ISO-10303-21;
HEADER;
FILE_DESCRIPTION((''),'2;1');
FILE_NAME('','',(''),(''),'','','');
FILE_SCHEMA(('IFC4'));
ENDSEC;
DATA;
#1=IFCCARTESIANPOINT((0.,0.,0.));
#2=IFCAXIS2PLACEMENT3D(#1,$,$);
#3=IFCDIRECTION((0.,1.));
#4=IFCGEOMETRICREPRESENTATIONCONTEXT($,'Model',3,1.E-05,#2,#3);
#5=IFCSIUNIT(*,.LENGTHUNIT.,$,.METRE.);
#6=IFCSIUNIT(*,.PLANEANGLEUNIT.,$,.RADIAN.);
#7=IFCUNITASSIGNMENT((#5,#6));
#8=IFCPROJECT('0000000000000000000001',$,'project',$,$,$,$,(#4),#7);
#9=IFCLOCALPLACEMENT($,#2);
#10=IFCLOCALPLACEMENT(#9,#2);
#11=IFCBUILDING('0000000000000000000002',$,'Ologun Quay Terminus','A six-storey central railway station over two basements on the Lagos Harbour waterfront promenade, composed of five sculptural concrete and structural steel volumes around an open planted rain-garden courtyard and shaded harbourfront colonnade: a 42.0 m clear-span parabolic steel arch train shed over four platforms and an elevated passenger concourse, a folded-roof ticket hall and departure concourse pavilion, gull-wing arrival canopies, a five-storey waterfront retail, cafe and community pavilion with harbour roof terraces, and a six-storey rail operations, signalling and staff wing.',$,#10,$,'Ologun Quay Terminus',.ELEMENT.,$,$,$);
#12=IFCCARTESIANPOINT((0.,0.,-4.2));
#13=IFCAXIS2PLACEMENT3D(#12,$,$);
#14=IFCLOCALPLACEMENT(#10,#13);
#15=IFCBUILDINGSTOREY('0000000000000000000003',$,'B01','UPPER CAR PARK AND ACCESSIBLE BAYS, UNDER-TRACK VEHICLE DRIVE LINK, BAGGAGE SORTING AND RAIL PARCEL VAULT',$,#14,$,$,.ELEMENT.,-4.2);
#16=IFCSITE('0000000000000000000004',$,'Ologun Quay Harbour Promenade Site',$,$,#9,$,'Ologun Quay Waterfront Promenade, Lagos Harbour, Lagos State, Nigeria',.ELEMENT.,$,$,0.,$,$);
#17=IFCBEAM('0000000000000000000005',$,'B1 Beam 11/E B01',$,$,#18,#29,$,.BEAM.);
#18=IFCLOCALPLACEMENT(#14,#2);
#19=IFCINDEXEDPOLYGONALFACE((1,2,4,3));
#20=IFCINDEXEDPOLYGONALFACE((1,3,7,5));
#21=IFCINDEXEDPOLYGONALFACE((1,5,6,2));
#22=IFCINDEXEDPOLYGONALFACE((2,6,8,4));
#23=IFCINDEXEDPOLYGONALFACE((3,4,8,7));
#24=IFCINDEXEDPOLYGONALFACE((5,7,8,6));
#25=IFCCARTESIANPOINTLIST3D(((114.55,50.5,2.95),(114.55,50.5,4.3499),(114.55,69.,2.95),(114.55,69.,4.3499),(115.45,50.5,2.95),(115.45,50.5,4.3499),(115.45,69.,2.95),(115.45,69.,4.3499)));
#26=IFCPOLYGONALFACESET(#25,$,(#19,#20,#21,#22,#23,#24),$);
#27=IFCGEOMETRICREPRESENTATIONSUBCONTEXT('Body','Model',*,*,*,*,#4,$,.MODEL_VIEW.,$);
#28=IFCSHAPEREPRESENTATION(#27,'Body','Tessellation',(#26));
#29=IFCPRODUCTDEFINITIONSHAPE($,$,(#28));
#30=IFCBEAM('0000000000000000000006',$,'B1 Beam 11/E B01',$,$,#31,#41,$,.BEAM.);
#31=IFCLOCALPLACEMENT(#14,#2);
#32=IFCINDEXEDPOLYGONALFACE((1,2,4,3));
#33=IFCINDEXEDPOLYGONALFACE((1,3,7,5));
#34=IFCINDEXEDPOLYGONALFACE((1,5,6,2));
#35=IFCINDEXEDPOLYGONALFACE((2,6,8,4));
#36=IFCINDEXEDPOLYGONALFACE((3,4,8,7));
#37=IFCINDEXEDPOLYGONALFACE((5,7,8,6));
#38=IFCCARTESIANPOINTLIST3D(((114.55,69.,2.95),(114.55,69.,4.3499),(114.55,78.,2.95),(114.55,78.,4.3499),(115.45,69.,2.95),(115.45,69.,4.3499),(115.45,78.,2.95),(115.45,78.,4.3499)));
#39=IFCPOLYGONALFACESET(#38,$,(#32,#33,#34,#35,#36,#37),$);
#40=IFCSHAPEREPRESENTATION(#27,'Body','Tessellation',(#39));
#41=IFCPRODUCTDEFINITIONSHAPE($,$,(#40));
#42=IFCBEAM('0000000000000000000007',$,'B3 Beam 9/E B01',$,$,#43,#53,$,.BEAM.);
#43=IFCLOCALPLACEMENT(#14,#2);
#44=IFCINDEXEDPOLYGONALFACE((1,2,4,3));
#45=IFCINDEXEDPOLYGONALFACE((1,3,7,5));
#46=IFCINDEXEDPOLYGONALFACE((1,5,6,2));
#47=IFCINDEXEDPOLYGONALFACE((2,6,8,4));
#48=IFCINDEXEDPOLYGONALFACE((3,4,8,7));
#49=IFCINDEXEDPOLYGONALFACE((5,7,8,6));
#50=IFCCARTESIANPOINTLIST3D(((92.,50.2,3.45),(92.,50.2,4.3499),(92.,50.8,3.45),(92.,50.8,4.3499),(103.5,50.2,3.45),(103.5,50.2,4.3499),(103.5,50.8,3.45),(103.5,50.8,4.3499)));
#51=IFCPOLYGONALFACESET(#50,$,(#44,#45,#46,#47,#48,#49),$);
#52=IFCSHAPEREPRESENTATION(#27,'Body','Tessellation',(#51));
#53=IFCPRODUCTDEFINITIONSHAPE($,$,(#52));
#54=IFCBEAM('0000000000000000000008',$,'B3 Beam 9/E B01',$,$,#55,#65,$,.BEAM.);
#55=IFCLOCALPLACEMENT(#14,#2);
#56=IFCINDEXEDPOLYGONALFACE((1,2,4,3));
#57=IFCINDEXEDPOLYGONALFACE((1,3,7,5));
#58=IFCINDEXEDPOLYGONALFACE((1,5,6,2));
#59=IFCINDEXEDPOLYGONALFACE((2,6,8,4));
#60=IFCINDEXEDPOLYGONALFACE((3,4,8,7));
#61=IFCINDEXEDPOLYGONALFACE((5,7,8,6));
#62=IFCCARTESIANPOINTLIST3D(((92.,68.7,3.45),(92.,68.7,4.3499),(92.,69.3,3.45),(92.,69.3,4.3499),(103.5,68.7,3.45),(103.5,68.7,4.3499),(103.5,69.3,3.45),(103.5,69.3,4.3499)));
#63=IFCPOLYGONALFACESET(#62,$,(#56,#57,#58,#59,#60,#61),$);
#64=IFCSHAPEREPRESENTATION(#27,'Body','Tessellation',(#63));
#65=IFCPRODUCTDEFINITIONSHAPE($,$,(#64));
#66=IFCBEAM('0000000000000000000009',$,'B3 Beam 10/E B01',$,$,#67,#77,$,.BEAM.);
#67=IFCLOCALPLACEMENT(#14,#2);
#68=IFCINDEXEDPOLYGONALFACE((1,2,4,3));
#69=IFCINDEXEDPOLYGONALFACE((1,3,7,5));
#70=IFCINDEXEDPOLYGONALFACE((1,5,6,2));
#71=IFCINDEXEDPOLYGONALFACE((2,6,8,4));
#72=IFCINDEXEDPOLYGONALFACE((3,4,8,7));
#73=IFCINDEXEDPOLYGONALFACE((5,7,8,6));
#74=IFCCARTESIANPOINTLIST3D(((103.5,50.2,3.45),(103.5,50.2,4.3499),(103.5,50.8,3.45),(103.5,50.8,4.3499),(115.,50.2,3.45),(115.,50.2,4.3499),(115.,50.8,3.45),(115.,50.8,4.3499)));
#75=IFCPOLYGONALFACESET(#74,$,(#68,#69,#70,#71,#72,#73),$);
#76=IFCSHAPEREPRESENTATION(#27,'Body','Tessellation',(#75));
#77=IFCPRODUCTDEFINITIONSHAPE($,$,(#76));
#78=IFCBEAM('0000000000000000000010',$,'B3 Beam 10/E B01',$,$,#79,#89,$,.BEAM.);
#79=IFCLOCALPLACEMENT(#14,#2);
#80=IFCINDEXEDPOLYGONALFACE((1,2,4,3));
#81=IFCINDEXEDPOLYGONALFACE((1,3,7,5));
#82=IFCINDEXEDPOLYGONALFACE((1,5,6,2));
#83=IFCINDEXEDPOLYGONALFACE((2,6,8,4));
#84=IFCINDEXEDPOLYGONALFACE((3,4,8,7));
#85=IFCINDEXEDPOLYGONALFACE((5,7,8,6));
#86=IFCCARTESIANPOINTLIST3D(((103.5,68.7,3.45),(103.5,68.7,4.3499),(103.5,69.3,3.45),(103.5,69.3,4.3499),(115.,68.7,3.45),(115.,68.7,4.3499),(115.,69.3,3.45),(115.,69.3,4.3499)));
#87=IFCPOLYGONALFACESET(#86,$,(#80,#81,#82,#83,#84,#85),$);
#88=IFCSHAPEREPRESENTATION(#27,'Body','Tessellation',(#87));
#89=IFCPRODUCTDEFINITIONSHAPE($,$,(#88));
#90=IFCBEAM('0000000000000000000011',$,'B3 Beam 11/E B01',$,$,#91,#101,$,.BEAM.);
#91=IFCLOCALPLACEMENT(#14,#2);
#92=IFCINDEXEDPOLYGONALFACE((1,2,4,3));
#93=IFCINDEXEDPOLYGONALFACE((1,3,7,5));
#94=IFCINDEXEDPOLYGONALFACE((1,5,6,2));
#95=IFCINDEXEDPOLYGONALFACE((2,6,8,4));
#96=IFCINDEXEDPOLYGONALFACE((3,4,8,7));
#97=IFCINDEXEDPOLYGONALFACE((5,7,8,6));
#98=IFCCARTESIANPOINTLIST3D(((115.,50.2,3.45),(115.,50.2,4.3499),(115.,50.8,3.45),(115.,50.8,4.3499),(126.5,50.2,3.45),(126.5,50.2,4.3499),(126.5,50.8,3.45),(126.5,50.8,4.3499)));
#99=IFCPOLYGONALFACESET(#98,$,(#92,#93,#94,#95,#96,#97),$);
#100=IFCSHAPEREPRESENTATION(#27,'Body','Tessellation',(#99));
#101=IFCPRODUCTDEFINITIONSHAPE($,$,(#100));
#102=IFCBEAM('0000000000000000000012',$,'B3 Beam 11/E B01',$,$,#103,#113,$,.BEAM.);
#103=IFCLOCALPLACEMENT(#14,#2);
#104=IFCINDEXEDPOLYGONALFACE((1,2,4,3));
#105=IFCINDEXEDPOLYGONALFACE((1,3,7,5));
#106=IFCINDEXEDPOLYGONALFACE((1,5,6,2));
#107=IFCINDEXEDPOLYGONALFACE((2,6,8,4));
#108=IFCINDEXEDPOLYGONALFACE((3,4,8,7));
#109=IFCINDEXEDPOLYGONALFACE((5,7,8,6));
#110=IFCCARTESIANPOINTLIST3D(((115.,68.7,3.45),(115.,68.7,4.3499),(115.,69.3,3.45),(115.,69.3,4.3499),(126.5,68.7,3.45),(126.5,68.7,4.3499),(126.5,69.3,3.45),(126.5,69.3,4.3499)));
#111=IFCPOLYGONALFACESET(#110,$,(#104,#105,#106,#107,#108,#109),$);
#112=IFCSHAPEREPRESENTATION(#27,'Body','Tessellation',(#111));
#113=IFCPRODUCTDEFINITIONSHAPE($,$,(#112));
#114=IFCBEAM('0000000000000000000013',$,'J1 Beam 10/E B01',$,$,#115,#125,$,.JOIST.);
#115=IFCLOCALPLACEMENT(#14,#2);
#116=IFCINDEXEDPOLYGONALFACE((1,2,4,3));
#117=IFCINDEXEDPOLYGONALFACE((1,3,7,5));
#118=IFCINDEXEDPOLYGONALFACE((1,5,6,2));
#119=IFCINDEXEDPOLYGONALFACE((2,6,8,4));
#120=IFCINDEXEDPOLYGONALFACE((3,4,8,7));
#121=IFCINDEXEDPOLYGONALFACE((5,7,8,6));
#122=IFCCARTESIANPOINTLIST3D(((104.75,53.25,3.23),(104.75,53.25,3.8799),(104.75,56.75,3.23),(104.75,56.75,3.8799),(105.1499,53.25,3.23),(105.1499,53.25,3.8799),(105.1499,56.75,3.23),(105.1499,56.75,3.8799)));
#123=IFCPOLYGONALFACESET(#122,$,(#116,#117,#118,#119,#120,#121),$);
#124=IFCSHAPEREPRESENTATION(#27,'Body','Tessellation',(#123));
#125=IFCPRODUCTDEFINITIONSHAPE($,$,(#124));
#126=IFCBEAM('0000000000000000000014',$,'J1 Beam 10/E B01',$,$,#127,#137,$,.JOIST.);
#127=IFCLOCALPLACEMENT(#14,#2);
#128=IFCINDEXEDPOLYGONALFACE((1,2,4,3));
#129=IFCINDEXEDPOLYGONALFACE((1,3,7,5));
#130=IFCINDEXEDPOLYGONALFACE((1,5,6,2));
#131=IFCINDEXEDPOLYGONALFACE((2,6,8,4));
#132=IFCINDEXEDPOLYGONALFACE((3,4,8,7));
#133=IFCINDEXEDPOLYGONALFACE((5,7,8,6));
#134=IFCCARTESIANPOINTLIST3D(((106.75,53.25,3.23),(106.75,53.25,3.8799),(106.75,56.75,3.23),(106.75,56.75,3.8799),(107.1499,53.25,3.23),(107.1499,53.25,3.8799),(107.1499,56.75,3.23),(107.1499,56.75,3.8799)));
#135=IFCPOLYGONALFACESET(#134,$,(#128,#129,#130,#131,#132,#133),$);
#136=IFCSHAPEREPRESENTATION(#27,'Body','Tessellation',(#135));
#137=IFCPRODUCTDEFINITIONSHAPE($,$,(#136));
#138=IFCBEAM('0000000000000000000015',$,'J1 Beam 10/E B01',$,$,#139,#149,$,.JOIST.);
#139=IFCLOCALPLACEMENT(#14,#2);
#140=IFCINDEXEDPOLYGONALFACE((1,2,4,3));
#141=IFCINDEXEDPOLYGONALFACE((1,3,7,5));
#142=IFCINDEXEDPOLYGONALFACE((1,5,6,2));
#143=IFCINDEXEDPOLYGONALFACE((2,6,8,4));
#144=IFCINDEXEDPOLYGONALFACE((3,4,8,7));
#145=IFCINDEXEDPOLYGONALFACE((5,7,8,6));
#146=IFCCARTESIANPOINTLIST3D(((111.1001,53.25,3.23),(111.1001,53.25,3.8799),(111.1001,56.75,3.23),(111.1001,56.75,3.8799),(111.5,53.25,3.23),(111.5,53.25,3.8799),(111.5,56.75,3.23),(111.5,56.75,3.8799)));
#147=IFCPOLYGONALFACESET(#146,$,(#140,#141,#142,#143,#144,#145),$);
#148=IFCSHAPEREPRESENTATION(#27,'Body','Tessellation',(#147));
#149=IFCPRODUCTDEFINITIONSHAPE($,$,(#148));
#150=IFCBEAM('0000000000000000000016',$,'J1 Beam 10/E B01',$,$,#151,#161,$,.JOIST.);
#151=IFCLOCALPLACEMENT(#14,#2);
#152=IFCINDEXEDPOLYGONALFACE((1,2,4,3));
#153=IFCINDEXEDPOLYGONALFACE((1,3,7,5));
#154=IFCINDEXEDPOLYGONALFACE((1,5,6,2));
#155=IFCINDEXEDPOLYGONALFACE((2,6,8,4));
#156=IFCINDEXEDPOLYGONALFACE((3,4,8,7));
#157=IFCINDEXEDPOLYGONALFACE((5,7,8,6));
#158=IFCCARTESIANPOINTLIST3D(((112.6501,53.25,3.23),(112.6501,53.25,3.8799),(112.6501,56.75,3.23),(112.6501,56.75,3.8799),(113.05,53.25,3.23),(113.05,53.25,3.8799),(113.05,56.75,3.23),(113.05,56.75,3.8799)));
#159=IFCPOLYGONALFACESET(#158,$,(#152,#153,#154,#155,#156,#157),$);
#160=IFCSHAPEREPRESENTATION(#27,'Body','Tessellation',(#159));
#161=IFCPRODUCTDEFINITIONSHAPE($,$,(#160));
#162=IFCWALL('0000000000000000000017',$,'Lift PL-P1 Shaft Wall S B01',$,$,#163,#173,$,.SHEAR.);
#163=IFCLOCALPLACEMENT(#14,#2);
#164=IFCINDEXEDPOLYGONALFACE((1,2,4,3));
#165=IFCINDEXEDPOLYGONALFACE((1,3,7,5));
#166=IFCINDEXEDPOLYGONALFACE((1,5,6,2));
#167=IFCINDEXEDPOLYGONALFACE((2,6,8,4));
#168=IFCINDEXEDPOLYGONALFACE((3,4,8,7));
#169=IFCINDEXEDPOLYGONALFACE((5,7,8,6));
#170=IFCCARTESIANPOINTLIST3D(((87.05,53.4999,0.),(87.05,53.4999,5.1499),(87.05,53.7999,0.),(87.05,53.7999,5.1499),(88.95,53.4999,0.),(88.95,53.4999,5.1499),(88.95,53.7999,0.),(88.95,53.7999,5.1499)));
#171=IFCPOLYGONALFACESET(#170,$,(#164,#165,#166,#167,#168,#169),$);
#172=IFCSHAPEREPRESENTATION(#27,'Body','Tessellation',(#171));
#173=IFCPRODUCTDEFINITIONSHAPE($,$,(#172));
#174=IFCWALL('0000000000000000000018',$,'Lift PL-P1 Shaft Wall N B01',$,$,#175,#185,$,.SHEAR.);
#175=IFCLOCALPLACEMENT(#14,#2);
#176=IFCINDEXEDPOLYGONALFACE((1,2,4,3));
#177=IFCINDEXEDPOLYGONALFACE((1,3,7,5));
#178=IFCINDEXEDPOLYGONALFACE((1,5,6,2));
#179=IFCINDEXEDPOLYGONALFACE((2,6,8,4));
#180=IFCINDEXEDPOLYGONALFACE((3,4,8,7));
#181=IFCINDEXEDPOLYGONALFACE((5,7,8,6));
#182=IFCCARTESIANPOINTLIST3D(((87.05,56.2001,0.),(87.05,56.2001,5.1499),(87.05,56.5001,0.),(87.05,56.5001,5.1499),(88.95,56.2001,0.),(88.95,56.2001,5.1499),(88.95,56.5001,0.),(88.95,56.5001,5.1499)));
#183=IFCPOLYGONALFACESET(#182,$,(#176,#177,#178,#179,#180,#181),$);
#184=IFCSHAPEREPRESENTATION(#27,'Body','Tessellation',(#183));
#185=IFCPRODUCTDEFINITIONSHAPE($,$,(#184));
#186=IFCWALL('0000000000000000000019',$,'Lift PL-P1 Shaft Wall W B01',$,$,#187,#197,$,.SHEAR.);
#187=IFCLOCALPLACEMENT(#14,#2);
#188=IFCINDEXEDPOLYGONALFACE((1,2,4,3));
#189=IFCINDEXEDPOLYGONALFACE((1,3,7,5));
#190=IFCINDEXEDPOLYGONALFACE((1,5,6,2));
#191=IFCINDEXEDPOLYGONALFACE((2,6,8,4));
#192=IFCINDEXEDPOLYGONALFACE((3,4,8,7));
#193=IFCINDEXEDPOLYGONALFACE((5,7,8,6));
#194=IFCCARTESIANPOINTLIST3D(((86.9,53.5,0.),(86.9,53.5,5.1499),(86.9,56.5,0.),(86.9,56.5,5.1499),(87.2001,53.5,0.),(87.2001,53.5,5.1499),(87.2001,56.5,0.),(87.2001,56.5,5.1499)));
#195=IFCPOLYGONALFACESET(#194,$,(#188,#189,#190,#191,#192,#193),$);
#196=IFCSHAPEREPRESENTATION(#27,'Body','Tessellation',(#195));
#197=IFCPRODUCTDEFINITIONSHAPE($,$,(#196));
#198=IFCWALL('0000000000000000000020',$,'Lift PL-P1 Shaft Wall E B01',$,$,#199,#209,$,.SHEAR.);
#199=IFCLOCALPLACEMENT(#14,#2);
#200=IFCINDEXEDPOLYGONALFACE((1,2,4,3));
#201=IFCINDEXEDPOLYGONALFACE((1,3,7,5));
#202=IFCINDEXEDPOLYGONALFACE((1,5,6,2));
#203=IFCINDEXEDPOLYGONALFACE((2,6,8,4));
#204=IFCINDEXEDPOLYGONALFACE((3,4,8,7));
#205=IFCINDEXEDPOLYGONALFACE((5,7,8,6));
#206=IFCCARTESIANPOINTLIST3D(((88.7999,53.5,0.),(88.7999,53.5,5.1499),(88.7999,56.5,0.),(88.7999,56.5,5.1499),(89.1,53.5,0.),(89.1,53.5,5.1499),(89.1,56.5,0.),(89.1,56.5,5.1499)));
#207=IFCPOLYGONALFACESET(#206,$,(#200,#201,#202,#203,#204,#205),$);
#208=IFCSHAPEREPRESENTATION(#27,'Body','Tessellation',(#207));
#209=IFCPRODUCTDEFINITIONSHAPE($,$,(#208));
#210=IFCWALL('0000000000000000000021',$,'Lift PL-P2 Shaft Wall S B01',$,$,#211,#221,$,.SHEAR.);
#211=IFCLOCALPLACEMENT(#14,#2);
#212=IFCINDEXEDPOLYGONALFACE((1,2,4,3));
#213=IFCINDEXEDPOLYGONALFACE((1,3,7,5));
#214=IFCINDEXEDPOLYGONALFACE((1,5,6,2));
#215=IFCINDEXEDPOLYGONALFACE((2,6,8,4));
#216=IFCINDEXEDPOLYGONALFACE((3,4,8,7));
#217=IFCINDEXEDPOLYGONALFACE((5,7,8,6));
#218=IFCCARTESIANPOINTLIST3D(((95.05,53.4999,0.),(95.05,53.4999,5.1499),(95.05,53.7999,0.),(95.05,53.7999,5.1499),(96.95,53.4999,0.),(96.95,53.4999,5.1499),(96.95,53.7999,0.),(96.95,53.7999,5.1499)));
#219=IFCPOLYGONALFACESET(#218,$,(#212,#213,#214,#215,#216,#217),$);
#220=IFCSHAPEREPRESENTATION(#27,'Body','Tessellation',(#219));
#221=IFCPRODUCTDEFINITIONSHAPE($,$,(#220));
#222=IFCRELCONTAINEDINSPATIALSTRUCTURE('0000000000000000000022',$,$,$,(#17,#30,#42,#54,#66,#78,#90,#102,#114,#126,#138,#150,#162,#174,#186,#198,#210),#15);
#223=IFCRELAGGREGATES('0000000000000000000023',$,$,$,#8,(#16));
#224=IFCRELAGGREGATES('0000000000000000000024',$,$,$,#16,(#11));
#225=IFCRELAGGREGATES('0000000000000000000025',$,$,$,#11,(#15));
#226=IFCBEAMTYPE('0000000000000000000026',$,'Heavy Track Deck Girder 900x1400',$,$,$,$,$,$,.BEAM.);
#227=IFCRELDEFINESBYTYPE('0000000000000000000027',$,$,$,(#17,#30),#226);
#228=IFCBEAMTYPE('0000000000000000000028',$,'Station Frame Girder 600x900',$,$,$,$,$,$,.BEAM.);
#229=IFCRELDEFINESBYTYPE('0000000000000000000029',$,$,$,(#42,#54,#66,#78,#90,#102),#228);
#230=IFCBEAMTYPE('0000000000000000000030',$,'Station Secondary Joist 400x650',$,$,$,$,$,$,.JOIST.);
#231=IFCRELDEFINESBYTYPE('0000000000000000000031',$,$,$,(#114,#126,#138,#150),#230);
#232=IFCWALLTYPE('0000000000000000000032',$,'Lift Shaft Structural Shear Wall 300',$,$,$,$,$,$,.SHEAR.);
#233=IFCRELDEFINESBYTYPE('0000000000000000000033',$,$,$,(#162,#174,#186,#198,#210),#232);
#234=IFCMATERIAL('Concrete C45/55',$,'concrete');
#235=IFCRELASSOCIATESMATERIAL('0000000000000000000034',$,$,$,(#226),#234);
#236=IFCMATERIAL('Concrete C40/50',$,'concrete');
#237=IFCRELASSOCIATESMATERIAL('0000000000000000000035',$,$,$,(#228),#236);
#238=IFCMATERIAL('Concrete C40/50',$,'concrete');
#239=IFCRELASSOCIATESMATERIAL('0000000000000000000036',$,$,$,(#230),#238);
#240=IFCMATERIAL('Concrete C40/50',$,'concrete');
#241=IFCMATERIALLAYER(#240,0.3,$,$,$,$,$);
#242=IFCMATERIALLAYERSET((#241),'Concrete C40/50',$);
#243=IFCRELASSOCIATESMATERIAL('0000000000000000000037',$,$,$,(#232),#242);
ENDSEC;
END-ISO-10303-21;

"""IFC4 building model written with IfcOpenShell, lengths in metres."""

from ifc_helpers import new_model, si_unit, direction, frame, frame_2d, origin, origin_2d, place, context, subcontext, project, spatial, rectangle, extrude, material, layer, layer_set, material_profile, profile_set, type_object, element, save


model = new_model("IFC4")

# Units and contexts
model_context = context("Model", 3, precision=1e-05, world=origin(), true_north=direction((0.0, 1.0)))
body_context = subcontext(model_context, "Body", "Model", "MODEL_VIEW")
ifc_project = project(units=[si_unit("LENGTHUNIT", "METRE"), si_unit("PLANEANGLEUNIT", "RADIAN")], contexts=[model_context])

# Site, building, storey
site_placement = place(None, origin())
site = spatial("IfcSite", under=ifc_project, at=site_placement, Name="Ologun Quay Harbour Promenade Site", LongName="Ologun Quay Waterfront Promenade, Lagos Harbour, Lagos State, Nigeria", CompositionType="ELEMENT", RefElevation=0.0)
building_placement = place(site_placement, origin())
building = spatial("IfcBuilding", under=site, at=building_placement, Name="Ologun Quay Terminus", Description="A six-storey central railway station over two basements on the Lagos Harbour waterfront promenade, composed of five sculptural concrete and structural steel volumes around an open planted rain-garden courtyard and shaded harbourfront colonnade: a 42.0 m clear-span parabolic steel arch train shed over four platforms and an elevated passenger concourse, a folded-roof ticket hall and departure concourse pavilion, gull-wing arrival canopies, a five-storey waterfront retail, cafe and community pavilion with harbour roof terraces, and a six-storey rail operations, signalling and staff wing.", LongName="Ologun Quay Terminus", CompositionType="ELEMENT")
storey_placement = place(building_placement, frame((0.0, 0.0, -4.2)))
storey = spatial("IfcBuildingStorey", under=building, at=storey_placement, Name="B01", Description="UPPER CAR PARK AND ACCESSIBLE BAYS, UNDER-TRACK VEHICLE DRIVE LINK, BAGGAGE SORTING AND RAIL PARCEL VAULT", CompositionType="ELEMENT", Elevation=-4.2)

# Beams
ifc_material_1 = material(Name="Concrete C45/55", Category="concrete")
ifc_material_profile_1 = material_profile(ifc_material_1, rectangle(XDim=0.8999, YDim=1.3999, at=origin_2d()), Name="RC 900x1400")
ifc_profile_set_1 = profile_set([ifc_material_profile_1], Name="Concrete C45/55")
beam_type_1 = type_object("IfcBeamType", Name="Heavy Track Deck Girder 900x1400", PredefinedType="BEAM", material=ifc_profile_set_1)
beam_1_placement = place(storey_placement, frame((115.0, 50.5, 3.6499), z_axis=(0.0, 1.0, 0.0), x_axis=(-1.0, 0.0, 0.0)))
element("IfcBeam", 1, at=beam_1_placement, inside=storey, type_object=beam_type_1, Name="B1 Beam 11/E B01", PredefinedType="BEAM", context=body_context, shape_type="SweptSolid", body=[
    extrude(rectangle(XDim=0.8999, YDim=1.3999, at=origin_2d()), origin(), (0.0, 0.0, 1.0), 18.5),
])
beam_2_placement = place(storey_placement, frame((115.0, 69.0, 3.6499), z_axis=(0.0, 1.0, 0.0), x_axis=(-1.0, 0.0, 0.0)))
element("IfcBeam", 2, at=beam_2_placement, inside=storey, type_object=beam_type_1, Name="B1 Beam 11/E B01", PredefinedType="BEAM", context=body_context, shape_type="SweptSolid", body=[
    extrude(rectangle(XDim=0.8999, YDim=1.3999, at=origin_2d()), origin(), (0.0, 0.0, 1.0), 9.0),
])
ifc_material_2 = material(Name="Concrete C40/50", Category="concrete")
ifc_material_profile_2 = material_profile(ifc_material_2, rectangle(XDim=0.6001, YDim=0.8999, at=origin_2d()), Name="RC 600x900")
ifc_profile_set_2 = profile_set([ifc_material_profile_2], Name="Concrete C40/50")
beam_type_2 = type_object("IfcBeamType", Name="Station Frame Girder 600x900", PredefinedType="BEAM", material=ifc_profile_set_2)
for number, where, z_axis, x_axis, name in (
    (3, (92.0, 50.5, 3.8999), (1.0, 0.0, 0.0), (0.0, 1.0, 0.0), "B3 Beam 9/E B01"),
    (4, (92.0, 69.0, 3.8999), (1.0, 0.0, 0.0), (0.0, 1.0, 0.0), "B3 Beam 9/E B01"),
    (5, (103.5, 50.5, 3.8999), (1.0, 0.0, 0.0), (0.0, 1.0, 0.0), "B3 Beam 10/E B01"),
    (6, (103.5, 69.0, 3.8999), (1.0, 0.0, 0.0), (0.0, 1.0, 0.0), "B3 Beam 10/E B01"),
    (7, (115.0, 50.5, 3.8999), (1.0, 0.0, 0.0), (0.0, 1.0, 0.0), "B3 Beam 11/E B01"),
    (8, (115.0, 69.0, 3.8999), (1.0, 0.0, 0.0), (0.0, 1.0, 0.0), "B3 Beam 11/E B01"),
):
    element("IfcBeam", number, at=place(storey_placement, frame(where, z_axis=z_axis, x_axis=x_axis)), inside=storey, type_object=beam_type_2, Name=name, PredefinedType="BEAM", context=body_context, shape_type="SweptSolid", body=[
        extrude(rectangle(XDim=0.6001, YDim=0.8999, at=origin_2d()), origin(), (0.0, 0.0, 1.0), 11.5),
    ])
ifc_material_3 = material(Name="Concrete C40/50", Category="concrete")
ifc_material_profile_3 = material_profile(ifc_material_3, rectangle(XDim=0.3999, YDim=0.6499, at=origin_2d()), Name="RC 400x650")
ifc_profile_set_3 = profile_set([ifc_material_profile_3], Name="Concrete C40/50")
beam_type_3 = type_object("IfcBeamType", Name="Station Secondary Joist 400x650", PredefinedType="JOIST", material=ifc_profile_set_3)
for number, where, z_axis, x_axis, name in (
    (9, (104.95, 53.25, 3.5549), (0.0, 1.0, 0.0), (-1.0, 0.0, 0.0), "J1 Beam 10/E B01"),
    (10, (106.95, 53.25, 3.5549), (0.0, 1.0, 0.0), (-1.0, 0.0, 0.0), "J1 Beam 10/E B01"),
    (11, (111.3, 53.25, 3.5549), (0.0, 1.0, 0.0), (-1.0, 0.0, 0.0), "J1 Beam 10/E B01"),
    (12, (112.8501, 53.25, 3.5549), (0.0, 1.0, 0.0), (-1.0, 0.0, 0.0), "J1 Beam 10/E B01"),
):
    element("IfcBeam", number, at=place(storey_placement, frame(where, z_axis=z_axis, x_axis=x_axis)), inside=storey, type_object=beam_type_3, Name=name, PredefinedType="JOIST", context=body_context, shape_type="SweptSolid", body=[
        extrude(rectangle(XDim=0.3999, YDim=0.6499, at=origin_2d()), origin(), (0.0, 0.0, 1.0), 3.5),
    ])

# Walls
ifc_material_4 = material(Name="Concrete C40/50", Category="concrete")
ifc_layer = layer(ifc_material_4, 0.3)
ifc_layer_set = layer_set([ifc_layer], Name="Concrete C40/50")
wall_type = type_object("IfcWallType", Name="Lift Shaft Structural Shear Wall 300", PredefinedType="SHEAR", material=ifc_layer_set)
for number, where, z_axis, x_axis, name in (
    (13, (87.05, 53.6499, 0.0), (0.0, 0.0, 1.0), (1.0, 0.0, 0.0), "Lift PL-P1 Shaft Wall S B01"),
    (14, (87.05, 56.3501, 0.0), (0.0, 0.0, 1.0), (1.0, 0.0, 0.0), "Lift PL-P1 Shaft Wall N B01"),
):
    element("IfcWall", number, at=place(storey_placement, frame(where, z_axis=z_axis, x_axis=x_axis)), inside=storey, type_object=wall_type, Name=name, PredefinedType="SHEAR", context=body_context, shape_type="SweptSolid", body=[
        extrude(rectangle(XDim=1.8999, YDim=0.3, at=frame_2d((0.95, 0.0))), origin(), (0.0, 0.0, 1.0), 5.1499),
    ])
for number, where, z_axis, x_axis, name in (
    (15, (87.05, 53.5, 0.0), (0.0, 0.0, 1.0), (0.0, 1.0, 0.0), "Lift PL-P1 Shaft Wall W B01"),
    (16, (88.95, 53.5, 0.0), (0.0, 0.0, 1.0), (0.0, 1.0, 0.0), "Lift PL-P1 Shaft Wall E B01"),
):
    element("IfcWall", number, at=place(storey_placement, frame(where, z_axis=z_axis, x_axis=x_axis)), inside=storey, type_object=wall_type, Name=name, PredefinedType="SHEAR", context=body_context, shape_type="SweptSolid", body=[
        extrude(rectangle(XDim=3.0, YDim=0.3, at=frame_2d((1.5, 0.0))), origin(), (0.0, 0.0, 1.0), 5.1499),
    ])
for number, where, z_axis, x_axis, name in (
    (17, (95.05, 53.6499, 0.0), (0.0, 0.0, 1.0), (1.0, 0.0, 0.0), "Lift PL-P2 Shaft Wall S B01"),
):
    element("IfcWall", number, at=place(storey_placement, frame(where, z_axis=z_axis, x_axis=x_axis)), inside=storey, type_object=wall_type, Name=name, PredefinedType="SHEAR", context=body_context, shape_type="SweptSolid", body=[
        extrude(rectangle(XDim=1.8999, YDim=0.3, at=frame_2d((0.95, 0.0))), origin(), (0.0, 0.0, 1.0), 5.1499),
    ])

save(model, "model.ifc")
